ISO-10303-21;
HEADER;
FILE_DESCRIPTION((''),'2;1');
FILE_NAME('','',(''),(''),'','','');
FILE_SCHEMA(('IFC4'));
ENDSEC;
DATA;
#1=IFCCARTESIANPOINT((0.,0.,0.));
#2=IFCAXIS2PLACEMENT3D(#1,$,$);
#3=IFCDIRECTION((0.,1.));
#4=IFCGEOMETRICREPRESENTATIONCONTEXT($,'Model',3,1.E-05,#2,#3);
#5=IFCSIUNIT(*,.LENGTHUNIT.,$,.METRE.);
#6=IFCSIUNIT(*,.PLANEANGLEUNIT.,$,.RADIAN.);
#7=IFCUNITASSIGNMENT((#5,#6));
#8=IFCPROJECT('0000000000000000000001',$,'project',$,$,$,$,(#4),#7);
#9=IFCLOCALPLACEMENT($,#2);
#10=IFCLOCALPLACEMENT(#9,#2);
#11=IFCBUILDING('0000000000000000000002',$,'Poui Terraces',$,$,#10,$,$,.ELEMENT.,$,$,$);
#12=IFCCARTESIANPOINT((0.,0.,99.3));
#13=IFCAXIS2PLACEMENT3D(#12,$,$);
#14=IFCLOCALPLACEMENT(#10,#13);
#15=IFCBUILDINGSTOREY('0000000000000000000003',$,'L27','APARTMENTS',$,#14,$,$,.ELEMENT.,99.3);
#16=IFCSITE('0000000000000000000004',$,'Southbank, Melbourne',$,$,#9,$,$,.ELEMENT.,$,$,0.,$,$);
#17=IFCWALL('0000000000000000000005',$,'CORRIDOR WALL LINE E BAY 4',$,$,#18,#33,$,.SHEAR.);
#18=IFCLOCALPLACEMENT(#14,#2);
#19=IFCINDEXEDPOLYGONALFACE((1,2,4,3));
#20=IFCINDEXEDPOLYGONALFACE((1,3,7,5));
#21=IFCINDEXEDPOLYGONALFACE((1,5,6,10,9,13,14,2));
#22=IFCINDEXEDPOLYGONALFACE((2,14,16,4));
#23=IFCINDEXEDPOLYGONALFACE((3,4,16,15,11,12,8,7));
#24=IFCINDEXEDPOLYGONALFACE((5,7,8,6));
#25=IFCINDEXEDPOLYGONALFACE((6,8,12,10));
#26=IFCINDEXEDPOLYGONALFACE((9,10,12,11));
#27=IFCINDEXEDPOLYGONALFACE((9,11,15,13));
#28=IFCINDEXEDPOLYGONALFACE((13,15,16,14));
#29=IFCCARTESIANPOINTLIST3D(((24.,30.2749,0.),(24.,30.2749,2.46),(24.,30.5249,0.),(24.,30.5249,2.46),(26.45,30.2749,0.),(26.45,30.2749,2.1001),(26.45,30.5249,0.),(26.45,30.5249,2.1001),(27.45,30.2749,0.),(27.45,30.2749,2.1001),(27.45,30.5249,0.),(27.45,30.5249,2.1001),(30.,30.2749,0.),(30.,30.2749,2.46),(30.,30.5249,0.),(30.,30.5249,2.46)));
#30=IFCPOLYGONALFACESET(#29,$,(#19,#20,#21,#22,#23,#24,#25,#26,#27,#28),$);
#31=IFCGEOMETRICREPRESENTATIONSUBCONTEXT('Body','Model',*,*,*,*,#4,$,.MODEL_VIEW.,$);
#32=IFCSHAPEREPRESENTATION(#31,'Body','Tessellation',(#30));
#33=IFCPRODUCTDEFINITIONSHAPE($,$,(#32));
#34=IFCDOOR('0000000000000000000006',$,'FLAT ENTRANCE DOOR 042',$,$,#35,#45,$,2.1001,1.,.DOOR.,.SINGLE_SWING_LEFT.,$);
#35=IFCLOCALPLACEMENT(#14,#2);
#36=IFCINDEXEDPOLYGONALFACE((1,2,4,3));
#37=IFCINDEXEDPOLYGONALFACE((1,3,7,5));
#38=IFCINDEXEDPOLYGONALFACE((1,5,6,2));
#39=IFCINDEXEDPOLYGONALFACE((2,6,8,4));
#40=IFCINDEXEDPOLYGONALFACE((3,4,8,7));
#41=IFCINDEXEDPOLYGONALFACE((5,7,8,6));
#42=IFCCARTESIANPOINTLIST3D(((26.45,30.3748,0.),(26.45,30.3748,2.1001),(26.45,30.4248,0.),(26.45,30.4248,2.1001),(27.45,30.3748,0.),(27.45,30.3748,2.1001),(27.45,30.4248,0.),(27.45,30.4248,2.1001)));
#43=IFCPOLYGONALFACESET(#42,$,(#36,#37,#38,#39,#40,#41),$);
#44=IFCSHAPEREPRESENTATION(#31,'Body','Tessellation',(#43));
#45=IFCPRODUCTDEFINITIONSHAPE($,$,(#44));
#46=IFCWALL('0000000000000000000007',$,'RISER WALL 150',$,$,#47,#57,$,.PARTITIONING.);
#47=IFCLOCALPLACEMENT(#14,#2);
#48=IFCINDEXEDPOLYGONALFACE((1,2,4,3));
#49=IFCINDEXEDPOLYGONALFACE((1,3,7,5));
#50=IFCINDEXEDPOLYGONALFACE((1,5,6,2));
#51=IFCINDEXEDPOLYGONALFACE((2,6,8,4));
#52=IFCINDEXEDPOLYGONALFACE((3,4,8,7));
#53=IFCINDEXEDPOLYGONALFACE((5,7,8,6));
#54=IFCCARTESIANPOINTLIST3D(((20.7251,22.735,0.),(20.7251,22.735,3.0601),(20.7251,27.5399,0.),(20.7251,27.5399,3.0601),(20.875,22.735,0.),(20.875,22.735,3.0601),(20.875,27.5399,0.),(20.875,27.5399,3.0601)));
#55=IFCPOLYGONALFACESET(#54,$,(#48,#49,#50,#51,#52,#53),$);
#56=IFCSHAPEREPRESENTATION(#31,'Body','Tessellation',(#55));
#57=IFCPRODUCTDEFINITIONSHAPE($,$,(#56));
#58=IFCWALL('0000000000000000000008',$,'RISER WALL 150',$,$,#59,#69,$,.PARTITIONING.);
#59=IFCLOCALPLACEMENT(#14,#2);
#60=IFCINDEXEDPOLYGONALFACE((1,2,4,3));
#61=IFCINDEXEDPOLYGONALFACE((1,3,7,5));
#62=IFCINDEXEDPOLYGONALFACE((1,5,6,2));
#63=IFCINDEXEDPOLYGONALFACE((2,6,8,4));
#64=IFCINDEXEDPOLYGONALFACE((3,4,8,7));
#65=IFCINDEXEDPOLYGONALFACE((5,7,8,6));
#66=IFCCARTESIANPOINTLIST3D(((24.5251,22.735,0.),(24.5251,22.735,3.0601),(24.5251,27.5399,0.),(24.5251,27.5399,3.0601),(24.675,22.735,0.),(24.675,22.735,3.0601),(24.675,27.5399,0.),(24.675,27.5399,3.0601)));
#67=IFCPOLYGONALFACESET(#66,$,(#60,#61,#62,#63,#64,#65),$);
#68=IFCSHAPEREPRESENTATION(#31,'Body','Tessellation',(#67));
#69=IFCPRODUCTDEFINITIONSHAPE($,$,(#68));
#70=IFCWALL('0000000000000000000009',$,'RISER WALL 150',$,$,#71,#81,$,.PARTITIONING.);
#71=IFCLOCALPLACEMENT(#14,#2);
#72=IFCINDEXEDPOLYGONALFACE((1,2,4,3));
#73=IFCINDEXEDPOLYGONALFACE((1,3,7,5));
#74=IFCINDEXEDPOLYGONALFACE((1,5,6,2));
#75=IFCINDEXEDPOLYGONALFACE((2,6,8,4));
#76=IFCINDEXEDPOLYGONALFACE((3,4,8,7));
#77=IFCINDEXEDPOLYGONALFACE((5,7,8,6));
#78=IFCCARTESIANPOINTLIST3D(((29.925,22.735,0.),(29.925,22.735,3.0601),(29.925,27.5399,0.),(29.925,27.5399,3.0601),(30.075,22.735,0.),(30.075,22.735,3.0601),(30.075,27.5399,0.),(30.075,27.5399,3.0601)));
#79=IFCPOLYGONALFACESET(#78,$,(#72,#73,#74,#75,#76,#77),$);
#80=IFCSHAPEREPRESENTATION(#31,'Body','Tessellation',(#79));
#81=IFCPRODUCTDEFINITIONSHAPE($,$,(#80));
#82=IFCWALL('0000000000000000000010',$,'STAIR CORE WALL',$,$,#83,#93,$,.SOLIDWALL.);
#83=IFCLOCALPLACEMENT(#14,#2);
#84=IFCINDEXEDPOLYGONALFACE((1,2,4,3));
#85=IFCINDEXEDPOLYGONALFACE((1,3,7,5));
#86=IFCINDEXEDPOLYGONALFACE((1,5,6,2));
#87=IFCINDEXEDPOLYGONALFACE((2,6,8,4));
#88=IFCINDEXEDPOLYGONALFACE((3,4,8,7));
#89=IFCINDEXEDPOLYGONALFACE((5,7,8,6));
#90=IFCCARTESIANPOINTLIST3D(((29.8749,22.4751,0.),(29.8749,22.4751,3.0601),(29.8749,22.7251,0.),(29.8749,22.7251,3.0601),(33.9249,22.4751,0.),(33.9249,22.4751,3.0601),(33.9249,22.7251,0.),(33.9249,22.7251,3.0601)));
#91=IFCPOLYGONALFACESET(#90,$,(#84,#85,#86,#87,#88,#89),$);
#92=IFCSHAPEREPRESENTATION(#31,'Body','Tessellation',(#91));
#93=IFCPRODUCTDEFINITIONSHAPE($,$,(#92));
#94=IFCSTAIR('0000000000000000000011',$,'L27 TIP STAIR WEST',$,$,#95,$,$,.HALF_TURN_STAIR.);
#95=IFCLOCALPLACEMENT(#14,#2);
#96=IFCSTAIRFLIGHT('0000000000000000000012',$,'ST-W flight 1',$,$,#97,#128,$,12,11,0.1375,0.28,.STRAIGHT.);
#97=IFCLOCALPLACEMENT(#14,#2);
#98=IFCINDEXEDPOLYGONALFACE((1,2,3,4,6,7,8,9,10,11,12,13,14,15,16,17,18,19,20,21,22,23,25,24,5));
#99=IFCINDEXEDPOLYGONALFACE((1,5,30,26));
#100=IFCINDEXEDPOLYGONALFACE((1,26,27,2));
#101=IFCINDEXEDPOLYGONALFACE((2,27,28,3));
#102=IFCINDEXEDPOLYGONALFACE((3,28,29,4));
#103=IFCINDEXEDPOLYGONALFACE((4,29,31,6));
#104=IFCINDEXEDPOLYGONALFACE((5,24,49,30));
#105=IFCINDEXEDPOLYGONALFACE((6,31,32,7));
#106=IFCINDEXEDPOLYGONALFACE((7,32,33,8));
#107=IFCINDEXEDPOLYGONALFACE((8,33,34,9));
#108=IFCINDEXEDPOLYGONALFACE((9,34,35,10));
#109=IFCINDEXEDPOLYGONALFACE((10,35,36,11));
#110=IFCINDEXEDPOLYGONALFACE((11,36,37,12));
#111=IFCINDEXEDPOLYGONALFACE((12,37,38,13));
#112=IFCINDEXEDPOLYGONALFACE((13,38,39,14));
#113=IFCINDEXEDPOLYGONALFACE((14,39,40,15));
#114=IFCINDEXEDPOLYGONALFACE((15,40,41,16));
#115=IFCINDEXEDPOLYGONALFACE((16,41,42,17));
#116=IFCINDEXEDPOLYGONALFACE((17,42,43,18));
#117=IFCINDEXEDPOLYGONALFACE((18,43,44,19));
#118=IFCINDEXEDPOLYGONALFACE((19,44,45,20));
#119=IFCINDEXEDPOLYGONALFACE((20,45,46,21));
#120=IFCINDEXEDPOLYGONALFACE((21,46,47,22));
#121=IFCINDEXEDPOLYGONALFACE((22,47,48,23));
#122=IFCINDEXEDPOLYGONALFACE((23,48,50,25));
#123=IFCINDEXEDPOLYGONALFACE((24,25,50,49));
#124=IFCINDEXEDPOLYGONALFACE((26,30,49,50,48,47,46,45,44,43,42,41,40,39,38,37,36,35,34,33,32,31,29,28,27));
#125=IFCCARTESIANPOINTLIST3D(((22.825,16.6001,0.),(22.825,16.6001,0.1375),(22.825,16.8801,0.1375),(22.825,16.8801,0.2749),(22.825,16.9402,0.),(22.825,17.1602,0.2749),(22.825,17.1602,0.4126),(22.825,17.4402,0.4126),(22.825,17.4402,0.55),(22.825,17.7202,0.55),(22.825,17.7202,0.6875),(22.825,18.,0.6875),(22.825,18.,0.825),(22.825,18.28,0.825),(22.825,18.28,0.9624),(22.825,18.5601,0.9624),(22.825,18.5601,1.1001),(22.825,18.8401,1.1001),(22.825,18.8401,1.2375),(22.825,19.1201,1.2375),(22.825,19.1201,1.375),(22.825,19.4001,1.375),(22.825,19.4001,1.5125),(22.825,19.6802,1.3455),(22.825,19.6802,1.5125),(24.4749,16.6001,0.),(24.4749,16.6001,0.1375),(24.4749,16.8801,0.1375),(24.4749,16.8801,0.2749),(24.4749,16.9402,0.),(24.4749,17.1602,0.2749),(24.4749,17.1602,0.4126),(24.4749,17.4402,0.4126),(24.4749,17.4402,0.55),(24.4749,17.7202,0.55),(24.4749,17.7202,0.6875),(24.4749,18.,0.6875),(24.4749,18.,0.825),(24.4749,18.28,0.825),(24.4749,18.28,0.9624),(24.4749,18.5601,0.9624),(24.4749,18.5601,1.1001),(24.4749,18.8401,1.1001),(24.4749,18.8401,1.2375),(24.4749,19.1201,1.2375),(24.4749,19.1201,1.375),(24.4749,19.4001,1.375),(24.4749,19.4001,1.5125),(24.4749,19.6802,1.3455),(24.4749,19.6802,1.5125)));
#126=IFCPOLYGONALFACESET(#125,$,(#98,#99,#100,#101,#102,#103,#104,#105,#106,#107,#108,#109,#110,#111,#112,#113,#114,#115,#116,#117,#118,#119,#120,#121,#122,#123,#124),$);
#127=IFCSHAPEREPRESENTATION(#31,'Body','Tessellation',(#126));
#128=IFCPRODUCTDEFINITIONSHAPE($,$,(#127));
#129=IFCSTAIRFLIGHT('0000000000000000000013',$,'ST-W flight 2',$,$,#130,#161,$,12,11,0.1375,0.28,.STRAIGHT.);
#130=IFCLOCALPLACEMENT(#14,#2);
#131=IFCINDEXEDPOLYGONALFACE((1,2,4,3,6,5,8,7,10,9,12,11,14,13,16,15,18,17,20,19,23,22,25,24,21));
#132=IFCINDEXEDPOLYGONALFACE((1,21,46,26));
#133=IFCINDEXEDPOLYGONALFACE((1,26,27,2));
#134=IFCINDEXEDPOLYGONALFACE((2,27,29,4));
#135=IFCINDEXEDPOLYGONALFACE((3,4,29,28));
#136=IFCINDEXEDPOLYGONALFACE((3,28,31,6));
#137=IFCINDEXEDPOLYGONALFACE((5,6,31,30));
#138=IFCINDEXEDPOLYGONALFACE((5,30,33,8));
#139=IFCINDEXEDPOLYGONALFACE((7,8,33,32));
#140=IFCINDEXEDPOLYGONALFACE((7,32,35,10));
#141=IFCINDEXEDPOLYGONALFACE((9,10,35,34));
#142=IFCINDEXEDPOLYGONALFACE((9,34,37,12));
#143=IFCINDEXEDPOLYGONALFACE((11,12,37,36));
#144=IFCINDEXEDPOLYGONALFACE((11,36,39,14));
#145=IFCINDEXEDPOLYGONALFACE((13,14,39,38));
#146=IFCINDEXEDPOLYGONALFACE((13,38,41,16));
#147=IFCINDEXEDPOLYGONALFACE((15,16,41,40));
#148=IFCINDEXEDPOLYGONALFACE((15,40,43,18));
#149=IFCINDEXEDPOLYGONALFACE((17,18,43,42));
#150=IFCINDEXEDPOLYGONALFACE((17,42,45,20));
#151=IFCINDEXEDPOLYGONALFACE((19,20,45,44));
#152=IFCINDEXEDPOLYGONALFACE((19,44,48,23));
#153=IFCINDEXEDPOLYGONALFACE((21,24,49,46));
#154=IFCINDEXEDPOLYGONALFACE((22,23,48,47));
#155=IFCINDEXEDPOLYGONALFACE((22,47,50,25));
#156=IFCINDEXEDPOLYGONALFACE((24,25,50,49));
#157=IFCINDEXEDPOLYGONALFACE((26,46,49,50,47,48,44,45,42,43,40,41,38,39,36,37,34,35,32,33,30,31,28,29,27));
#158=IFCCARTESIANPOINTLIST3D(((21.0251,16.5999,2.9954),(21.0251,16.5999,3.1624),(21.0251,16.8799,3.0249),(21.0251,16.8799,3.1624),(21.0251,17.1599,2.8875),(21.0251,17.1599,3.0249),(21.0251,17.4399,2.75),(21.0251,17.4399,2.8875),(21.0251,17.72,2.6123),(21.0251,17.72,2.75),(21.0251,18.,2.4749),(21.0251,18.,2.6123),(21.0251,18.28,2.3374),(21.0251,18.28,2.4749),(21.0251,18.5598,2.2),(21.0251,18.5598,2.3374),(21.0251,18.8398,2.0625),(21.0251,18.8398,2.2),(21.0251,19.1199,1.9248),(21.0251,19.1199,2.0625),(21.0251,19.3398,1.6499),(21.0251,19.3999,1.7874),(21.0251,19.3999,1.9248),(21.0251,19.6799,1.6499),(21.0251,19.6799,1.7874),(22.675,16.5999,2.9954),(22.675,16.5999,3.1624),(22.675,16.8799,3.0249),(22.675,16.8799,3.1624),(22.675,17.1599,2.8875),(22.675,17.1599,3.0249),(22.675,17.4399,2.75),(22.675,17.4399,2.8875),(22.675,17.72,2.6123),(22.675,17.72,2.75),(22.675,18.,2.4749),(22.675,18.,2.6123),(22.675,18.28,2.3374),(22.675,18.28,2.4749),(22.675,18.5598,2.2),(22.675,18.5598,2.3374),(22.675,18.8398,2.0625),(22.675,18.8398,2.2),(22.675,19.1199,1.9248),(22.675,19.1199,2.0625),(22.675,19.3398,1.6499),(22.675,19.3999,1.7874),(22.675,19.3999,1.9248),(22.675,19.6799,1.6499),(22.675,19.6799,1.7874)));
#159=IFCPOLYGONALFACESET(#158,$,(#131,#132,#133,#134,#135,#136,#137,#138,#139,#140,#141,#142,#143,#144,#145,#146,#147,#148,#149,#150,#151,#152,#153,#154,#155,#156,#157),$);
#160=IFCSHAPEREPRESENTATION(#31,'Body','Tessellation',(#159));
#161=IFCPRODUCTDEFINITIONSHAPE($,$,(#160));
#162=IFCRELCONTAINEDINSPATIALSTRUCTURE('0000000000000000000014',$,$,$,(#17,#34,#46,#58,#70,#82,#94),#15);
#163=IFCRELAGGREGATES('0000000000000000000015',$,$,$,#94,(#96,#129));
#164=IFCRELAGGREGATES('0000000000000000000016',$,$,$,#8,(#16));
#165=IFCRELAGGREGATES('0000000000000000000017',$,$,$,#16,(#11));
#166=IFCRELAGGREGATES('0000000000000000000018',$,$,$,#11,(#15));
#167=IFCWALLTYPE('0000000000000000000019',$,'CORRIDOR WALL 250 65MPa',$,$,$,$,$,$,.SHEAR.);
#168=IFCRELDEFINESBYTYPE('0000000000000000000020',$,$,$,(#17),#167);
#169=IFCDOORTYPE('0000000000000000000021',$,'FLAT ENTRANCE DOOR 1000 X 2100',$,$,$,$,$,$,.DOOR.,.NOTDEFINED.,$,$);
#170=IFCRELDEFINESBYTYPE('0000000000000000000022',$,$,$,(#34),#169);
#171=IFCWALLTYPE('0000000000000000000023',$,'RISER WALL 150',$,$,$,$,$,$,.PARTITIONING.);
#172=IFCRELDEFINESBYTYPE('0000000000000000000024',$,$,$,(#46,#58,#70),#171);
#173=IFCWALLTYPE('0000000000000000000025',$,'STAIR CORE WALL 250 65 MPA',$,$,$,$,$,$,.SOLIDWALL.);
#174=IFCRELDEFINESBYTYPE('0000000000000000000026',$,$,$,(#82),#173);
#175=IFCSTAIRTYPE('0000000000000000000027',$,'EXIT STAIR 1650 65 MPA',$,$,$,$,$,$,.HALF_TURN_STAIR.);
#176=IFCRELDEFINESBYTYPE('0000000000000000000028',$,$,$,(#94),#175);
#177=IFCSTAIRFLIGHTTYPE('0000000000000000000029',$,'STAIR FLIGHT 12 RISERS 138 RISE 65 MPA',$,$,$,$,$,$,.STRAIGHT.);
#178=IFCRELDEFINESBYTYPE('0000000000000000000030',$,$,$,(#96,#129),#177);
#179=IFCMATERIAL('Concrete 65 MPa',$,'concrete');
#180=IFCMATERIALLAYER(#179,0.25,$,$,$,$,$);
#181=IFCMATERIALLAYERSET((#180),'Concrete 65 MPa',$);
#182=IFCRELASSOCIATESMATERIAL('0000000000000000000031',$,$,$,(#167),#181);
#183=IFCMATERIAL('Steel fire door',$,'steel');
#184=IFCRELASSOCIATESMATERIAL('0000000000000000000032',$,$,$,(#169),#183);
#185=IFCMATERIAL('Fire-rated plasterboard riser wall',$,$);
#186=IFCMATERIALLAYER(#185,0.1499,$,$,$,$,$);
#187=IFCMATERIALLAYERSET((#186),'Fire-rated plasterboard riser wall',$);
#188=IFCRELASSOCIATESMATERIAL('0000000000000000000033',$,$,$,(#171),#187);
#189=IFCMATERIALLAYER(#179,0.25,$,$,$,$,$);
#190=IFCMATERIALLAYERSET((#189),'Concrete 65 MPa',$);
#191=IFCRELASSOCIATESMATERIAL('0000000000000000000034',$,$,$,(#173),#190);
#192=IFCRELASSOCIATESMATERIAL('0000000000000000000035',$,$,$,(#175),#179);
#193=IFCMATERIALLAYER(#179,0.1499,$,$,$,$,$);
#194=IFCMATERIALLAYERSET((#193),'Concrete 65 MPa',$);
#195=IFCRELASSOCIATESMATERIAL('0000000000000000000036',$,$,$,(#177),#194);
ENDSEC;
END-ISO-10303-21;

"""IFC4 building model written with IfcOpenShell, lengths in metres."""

from ifc_helpers import new_model, si_unit, direction, frame, frame_2d, origin, place, context, subcontext, project, spatial, polyline, rectangle, outline, extrude, material, layer, layer_set, type_object, element, fill, aggregate, save


model = new_model("IFC4")

# Units and contexts
model_context = context("Model", 3, precision=1e-05, world=origin(), true_north=direction((0.0, 1.0)))
body_context = subcontext(model_context, "Body", "Model", "MODEL_VIEW")
ifc_project = project(units=[si_unit("LENGTHUNIT", "METRE"), si_unit("PLANEANGLEUNIT", "RADIAN")], contexts=[model_context])

# Site, building, storey
site_placement = place(None, origin())
site = spatial("IfcSite", under=ifc_project, at=site_placement, Name="Southbank, Melbourne", CompositionType="ELEMENT", RefElevation=0.0)
building_placement = place(site_placement, origin())
building = spatial("IfcBuilding", under=site, at=building_placement, Name="Poui Terraces", CompositionType="ELEMENT")
storey_placement = place(building_placement, frame((0.0, 0.0, 99.3)))
storey = spatial("IfcBuildingStorey", under=building, at=storey_placement, Name="L27", Description="APARTMENTS", CompositionType="ELEMENT", Elevation=99.3)

# Wall, opening, door
ifc_material_1 = material(Name="Concrete 65 MPa", Category="concrete")
ifc_layer_1 = layer(ifc_material_1, 0.25)
ifc_layer_set_1 = layer_set([ifc_layer_1], Name="Concrete 65 MPa")
wall_type_1 = type_object("IfcWallType", Name="CORRIDOR WALL 250 65MPa", PredefinedType="SHEAR", material=ifc_layer_set_1)
wall_1_placement = place(storey_placement, frame((24.0, 30.3999, 0.0), z_axis=(0.0, 0.0, 1.0), x_axis=(1.0, 0.0, 0.0)))
wall_1 = element("IfcWall", 1, at=wall_1_placement, inside=storey, type_object=wall_type_1, Name="CORRIDOR WALL LINE E BAY 4", PredefinedType="SHEAR", context=body_context, shape_type="SweptSolid", body=[
    extrude(rectangle(XDim=6.0, YDim=0.25, at=frame_2d((3.0, 0.0))), origin(), (0.0, 0.0, 1.0), 2.46),
])
opening_placement = place(wall_1_placement, frame((2.45, 0.0, 0.0)))
opening = element("IfcOpeningElement", 2, at=opening_placement, cuts=wall_1, PredefinedType="OPENING", context=body_context, shape_type="SweptSolid", body=[
    extrude(rectangle(XDim=1.0, YDim=2.1001, at=frame_2d((0.5, 1.05))), frame((0.0, 0.135, 0.0), z_axis=(0.0, -1.0, 0.0), x_axis=(1.0, 0.0, 0.0)), (0.0, 0.0, 1.0), 0.27),
])
ifc_material_2 = material(Name="Steel fire door", Category="steel")
door_type = type_object("IfcDoorType", Name="FLAT ENTRANCE DOOR 1000 X 2100", OperationType="NOTDEFINED", PredefinedType="DOOR", material=ifc_material_2)
door_placement = place(opening_placement, origin())
door = element("IfcDoor", 3, at=door_placement, inside=storey, type_object=door_type, Name="FLAT ENTRANCE DOOR 042", OperationType="SINGLE_SWING_LEFT", OverallHeight=2.1001, OverallWidth=1.0, PredefinedType="DOOR", context=body_context, shape_type="SweptSolid", body=[
    extrude(rectangle(XDim=1.0, YDim=2.1001, at=frame_2d((0.5, 1.05))), frame((0.0, 0.0249, 0.0), z_axis=(0.0, -1.0, 0.0), x_axis=(1.0, 0.0, 0.0)), (0.0, 0.0, 1.0), 0.05),
])
fill(opening, door)

# Walls
ifc_material_3 = material(Name="Fire-rated plasterboard riser wall")
ifc_layer_2 = layer(ifc_material_3, 0.1499)
ifc_layer_set_2 = layer_set([ifc_layer_2], Name="Fire-rated plasterboard riser wall")
wall_type_2 = type_object("IfcWallType", Name="RISER WALL 150", PredefinedType="PARTITIONING", material=ifc_layer_set_2)
for number, where, z_axis, x_axis, name in (
    (4, (20.8, 22.7351, 0.0), (0.0, 0.0, 1.0), (0.0, 1.0, 0.0), "RISER WALL 150"),
    (5, (24.6001, 22.7351, 0.0), (0.0, 0.0, 1.0), (0.0, 1.0, 0.0), "RISER WALL 150"),
    (6, (30.0, 22.7351, 0.0), (0.0, 0.0, 1.0), (0.0, 1.0, 0.0), "RISER WALL 150"),
):
    element("IfcWall", number, at=place(storey_placement, frame(where, z_axis=z_axis, x_axis=x_axis)), inside=storey, type_object=wall_type_2, Name=name, PredefinedType="PARTITIONING", context=body_context, shape_type="SweptSolid", body=[
        extrude(rectangle(XDim=4.8049, YDim=0.1499, at=frame_2d((2.4023, 0.0))), origin(), (0.0, 0.0, 1.0), 3.0601),
    ])
ifc_layer_3 = layer(ifc_material_1, 0.25)
ifc_layer_set_3 = layer_set([ifc_layer_3], Name="Concrete 65 MPa")
wall_type_3 = type_object("IfcWallType", Name="STAIR CORE WALL 250 65 MPA", PredefinedType="SOLIDWALL", material=ifc_layer_set_3)
wall_2_placement = place(storey_placement, frame((29.875, 22.6001, 0.0), z_axis=(0.0, 0.0, 1.0), x_axis=(1.0, 0.0, 0.0)))
element("IfcWall", 7, at=wall_2_placement, inside=storey, type_object=wall_type_3, Name="STAIR CORE WALL", PredefinedType="SOLIDWALL", context=body_context, shape_type="SweptSolid", body=[
    extrude(rectangle(XDim=4.05, YDim=0.25, at=frame_2d((2.0249, 0.0))), origin(), (0.0, 0.0, 1.0), 3.0601),
])

# Stair, stair flights
stair_type = type_object("IfcStairType", Name="EXIT STAIR 1650 65 MPA", PredefinedType="HALF_TURN_STAIR", material=ifc_material_1)
stair_placement = place(storey_placement, origin())
stair = element("IfcStair", 8, at=stair_placement, inside=storey, type_object=stair_type, Name="L27 TIP STAIR WEST", PredefinedType="HALF_TURN_STAIR")
ifc_layer_4 = layer(ifc_material_1, 0.1499)
ifc_layer_set_4 = layer_set([ifc_layer_4], Name="Concrete 65 MPa")
stair_flight_type = type_object("IfcStairFlightType", Name="STAIR FLIGHT 12 RISERS 138 RISE 65 MPA", PredefinedType="STRAIGHT", material=ifc_layer_set_4)
stair_flight_1_placement = place(storey_placement, frame((23.6499, 16.6001, 0.0), z_axis=(0.0, 0.0, 1.0), x_axis=(0.0, 1.0, 0.0)))
stair_flight_1 = element("IfcStairFlight", 9, at=stair_flight_1_placement, type_object=stair_flight_type, Name="ST-W flight 1", NumberOfRisers=12, NumberOfTreads=11, PredefinedType="STRAIGHT", RiserHeight=0.1375, TreadLength=0.28, context=body_context, shape_type="SweptSolid", body=[
    extrude(outline(polyline([(0.0, 0.0), (0.0, 0.1375), (0.28, 0.1375), (0.28, 0.2749), (0.5601, 0.2749), (0.5601, 0.4126), (0.8401, 0.4126), (0.8401, 0.55), (1.1201, 0.55), (1.1201, 0.6875), (1.3999, 0.6875), (1.3999, 0.825), (1.6799, 0.825), (1.6799, 0.9624), (1.96, 0.9624), (1.96, 1.1001), (2.24, 1.1001), (2.24, 1.2375), (2.52, 1.2375), (2.52, 1.375), (2.8, 1.375), (2.8, 1.5125), (3.0801, 1.5125), (3.0801, 1.6499), (3.0801, 1.3455), (0.3401, 0.0), (0.0, 0.0)])), frame((0.0, 0.825, 0.0), z_axis=(0.0, -1.0, 0.0), x_axis=(1.0, 0.0, 0.0)), (0.0, 0.0, 1.0), 1.6499),
])
stair_flight_2_placement = place(storey_placement, frame((21.8501, 19.6799, 1.6499), z_axis=(0.0, 0.0, 1.0), x_axis=(0.0, -1.0, 0.0)))
stair_flight_2 = element("IfcStairFlight", 10, at=stair_flight_2_placement, type_object=stair_flight_type, Name="ST-W flight 2", NumberOfRisers=12, NumberOfTreads=11, PredefinedType="STRAIGHT", RiserHeight=0.1375, TreadLength=0.28, context=body_context, shape_type="SweptSolid", body=[
    extrude(outline(polyline([(0.0, 0.0), (0.0, 0.1375), (0.28, 0.1375), (0.28, 0.2749), (0.5601, 0.2749), (0.5601, 0.4126), (0.8401, 0.4126), (0.8401, 0.55), (1.1201, 0.55), (1.1201, 0.6875), (1.3999, 0.6875), (1.3999, 0.825), (1.6799, 0.825), (1.6799, 0.9624), (1.96, 0.9624), (1.96, 1.1001), (2.24, 1.1001), (2.24, 1.2375), (2.52, 1.2375), (2.52, 1.375), (2.8, 1.375), (2.8, 1.5125), (3.0801, 1.5125), (3.0801, 1.6499), (3.0801, 1.3455), (0.3401, 0.0), (0.0, 0.0)])), frame((0.0, 0.825, 0.0), z_axis=(0.0, -1.0, 0.0), x_axis=(1.0, 0.0, 0.0)), (0.0, 0.0, 1.0), 1.6499),
])
aggregate(stair, [stair_flight_1, stair_flight_2])

save(model, "model.ifc")
